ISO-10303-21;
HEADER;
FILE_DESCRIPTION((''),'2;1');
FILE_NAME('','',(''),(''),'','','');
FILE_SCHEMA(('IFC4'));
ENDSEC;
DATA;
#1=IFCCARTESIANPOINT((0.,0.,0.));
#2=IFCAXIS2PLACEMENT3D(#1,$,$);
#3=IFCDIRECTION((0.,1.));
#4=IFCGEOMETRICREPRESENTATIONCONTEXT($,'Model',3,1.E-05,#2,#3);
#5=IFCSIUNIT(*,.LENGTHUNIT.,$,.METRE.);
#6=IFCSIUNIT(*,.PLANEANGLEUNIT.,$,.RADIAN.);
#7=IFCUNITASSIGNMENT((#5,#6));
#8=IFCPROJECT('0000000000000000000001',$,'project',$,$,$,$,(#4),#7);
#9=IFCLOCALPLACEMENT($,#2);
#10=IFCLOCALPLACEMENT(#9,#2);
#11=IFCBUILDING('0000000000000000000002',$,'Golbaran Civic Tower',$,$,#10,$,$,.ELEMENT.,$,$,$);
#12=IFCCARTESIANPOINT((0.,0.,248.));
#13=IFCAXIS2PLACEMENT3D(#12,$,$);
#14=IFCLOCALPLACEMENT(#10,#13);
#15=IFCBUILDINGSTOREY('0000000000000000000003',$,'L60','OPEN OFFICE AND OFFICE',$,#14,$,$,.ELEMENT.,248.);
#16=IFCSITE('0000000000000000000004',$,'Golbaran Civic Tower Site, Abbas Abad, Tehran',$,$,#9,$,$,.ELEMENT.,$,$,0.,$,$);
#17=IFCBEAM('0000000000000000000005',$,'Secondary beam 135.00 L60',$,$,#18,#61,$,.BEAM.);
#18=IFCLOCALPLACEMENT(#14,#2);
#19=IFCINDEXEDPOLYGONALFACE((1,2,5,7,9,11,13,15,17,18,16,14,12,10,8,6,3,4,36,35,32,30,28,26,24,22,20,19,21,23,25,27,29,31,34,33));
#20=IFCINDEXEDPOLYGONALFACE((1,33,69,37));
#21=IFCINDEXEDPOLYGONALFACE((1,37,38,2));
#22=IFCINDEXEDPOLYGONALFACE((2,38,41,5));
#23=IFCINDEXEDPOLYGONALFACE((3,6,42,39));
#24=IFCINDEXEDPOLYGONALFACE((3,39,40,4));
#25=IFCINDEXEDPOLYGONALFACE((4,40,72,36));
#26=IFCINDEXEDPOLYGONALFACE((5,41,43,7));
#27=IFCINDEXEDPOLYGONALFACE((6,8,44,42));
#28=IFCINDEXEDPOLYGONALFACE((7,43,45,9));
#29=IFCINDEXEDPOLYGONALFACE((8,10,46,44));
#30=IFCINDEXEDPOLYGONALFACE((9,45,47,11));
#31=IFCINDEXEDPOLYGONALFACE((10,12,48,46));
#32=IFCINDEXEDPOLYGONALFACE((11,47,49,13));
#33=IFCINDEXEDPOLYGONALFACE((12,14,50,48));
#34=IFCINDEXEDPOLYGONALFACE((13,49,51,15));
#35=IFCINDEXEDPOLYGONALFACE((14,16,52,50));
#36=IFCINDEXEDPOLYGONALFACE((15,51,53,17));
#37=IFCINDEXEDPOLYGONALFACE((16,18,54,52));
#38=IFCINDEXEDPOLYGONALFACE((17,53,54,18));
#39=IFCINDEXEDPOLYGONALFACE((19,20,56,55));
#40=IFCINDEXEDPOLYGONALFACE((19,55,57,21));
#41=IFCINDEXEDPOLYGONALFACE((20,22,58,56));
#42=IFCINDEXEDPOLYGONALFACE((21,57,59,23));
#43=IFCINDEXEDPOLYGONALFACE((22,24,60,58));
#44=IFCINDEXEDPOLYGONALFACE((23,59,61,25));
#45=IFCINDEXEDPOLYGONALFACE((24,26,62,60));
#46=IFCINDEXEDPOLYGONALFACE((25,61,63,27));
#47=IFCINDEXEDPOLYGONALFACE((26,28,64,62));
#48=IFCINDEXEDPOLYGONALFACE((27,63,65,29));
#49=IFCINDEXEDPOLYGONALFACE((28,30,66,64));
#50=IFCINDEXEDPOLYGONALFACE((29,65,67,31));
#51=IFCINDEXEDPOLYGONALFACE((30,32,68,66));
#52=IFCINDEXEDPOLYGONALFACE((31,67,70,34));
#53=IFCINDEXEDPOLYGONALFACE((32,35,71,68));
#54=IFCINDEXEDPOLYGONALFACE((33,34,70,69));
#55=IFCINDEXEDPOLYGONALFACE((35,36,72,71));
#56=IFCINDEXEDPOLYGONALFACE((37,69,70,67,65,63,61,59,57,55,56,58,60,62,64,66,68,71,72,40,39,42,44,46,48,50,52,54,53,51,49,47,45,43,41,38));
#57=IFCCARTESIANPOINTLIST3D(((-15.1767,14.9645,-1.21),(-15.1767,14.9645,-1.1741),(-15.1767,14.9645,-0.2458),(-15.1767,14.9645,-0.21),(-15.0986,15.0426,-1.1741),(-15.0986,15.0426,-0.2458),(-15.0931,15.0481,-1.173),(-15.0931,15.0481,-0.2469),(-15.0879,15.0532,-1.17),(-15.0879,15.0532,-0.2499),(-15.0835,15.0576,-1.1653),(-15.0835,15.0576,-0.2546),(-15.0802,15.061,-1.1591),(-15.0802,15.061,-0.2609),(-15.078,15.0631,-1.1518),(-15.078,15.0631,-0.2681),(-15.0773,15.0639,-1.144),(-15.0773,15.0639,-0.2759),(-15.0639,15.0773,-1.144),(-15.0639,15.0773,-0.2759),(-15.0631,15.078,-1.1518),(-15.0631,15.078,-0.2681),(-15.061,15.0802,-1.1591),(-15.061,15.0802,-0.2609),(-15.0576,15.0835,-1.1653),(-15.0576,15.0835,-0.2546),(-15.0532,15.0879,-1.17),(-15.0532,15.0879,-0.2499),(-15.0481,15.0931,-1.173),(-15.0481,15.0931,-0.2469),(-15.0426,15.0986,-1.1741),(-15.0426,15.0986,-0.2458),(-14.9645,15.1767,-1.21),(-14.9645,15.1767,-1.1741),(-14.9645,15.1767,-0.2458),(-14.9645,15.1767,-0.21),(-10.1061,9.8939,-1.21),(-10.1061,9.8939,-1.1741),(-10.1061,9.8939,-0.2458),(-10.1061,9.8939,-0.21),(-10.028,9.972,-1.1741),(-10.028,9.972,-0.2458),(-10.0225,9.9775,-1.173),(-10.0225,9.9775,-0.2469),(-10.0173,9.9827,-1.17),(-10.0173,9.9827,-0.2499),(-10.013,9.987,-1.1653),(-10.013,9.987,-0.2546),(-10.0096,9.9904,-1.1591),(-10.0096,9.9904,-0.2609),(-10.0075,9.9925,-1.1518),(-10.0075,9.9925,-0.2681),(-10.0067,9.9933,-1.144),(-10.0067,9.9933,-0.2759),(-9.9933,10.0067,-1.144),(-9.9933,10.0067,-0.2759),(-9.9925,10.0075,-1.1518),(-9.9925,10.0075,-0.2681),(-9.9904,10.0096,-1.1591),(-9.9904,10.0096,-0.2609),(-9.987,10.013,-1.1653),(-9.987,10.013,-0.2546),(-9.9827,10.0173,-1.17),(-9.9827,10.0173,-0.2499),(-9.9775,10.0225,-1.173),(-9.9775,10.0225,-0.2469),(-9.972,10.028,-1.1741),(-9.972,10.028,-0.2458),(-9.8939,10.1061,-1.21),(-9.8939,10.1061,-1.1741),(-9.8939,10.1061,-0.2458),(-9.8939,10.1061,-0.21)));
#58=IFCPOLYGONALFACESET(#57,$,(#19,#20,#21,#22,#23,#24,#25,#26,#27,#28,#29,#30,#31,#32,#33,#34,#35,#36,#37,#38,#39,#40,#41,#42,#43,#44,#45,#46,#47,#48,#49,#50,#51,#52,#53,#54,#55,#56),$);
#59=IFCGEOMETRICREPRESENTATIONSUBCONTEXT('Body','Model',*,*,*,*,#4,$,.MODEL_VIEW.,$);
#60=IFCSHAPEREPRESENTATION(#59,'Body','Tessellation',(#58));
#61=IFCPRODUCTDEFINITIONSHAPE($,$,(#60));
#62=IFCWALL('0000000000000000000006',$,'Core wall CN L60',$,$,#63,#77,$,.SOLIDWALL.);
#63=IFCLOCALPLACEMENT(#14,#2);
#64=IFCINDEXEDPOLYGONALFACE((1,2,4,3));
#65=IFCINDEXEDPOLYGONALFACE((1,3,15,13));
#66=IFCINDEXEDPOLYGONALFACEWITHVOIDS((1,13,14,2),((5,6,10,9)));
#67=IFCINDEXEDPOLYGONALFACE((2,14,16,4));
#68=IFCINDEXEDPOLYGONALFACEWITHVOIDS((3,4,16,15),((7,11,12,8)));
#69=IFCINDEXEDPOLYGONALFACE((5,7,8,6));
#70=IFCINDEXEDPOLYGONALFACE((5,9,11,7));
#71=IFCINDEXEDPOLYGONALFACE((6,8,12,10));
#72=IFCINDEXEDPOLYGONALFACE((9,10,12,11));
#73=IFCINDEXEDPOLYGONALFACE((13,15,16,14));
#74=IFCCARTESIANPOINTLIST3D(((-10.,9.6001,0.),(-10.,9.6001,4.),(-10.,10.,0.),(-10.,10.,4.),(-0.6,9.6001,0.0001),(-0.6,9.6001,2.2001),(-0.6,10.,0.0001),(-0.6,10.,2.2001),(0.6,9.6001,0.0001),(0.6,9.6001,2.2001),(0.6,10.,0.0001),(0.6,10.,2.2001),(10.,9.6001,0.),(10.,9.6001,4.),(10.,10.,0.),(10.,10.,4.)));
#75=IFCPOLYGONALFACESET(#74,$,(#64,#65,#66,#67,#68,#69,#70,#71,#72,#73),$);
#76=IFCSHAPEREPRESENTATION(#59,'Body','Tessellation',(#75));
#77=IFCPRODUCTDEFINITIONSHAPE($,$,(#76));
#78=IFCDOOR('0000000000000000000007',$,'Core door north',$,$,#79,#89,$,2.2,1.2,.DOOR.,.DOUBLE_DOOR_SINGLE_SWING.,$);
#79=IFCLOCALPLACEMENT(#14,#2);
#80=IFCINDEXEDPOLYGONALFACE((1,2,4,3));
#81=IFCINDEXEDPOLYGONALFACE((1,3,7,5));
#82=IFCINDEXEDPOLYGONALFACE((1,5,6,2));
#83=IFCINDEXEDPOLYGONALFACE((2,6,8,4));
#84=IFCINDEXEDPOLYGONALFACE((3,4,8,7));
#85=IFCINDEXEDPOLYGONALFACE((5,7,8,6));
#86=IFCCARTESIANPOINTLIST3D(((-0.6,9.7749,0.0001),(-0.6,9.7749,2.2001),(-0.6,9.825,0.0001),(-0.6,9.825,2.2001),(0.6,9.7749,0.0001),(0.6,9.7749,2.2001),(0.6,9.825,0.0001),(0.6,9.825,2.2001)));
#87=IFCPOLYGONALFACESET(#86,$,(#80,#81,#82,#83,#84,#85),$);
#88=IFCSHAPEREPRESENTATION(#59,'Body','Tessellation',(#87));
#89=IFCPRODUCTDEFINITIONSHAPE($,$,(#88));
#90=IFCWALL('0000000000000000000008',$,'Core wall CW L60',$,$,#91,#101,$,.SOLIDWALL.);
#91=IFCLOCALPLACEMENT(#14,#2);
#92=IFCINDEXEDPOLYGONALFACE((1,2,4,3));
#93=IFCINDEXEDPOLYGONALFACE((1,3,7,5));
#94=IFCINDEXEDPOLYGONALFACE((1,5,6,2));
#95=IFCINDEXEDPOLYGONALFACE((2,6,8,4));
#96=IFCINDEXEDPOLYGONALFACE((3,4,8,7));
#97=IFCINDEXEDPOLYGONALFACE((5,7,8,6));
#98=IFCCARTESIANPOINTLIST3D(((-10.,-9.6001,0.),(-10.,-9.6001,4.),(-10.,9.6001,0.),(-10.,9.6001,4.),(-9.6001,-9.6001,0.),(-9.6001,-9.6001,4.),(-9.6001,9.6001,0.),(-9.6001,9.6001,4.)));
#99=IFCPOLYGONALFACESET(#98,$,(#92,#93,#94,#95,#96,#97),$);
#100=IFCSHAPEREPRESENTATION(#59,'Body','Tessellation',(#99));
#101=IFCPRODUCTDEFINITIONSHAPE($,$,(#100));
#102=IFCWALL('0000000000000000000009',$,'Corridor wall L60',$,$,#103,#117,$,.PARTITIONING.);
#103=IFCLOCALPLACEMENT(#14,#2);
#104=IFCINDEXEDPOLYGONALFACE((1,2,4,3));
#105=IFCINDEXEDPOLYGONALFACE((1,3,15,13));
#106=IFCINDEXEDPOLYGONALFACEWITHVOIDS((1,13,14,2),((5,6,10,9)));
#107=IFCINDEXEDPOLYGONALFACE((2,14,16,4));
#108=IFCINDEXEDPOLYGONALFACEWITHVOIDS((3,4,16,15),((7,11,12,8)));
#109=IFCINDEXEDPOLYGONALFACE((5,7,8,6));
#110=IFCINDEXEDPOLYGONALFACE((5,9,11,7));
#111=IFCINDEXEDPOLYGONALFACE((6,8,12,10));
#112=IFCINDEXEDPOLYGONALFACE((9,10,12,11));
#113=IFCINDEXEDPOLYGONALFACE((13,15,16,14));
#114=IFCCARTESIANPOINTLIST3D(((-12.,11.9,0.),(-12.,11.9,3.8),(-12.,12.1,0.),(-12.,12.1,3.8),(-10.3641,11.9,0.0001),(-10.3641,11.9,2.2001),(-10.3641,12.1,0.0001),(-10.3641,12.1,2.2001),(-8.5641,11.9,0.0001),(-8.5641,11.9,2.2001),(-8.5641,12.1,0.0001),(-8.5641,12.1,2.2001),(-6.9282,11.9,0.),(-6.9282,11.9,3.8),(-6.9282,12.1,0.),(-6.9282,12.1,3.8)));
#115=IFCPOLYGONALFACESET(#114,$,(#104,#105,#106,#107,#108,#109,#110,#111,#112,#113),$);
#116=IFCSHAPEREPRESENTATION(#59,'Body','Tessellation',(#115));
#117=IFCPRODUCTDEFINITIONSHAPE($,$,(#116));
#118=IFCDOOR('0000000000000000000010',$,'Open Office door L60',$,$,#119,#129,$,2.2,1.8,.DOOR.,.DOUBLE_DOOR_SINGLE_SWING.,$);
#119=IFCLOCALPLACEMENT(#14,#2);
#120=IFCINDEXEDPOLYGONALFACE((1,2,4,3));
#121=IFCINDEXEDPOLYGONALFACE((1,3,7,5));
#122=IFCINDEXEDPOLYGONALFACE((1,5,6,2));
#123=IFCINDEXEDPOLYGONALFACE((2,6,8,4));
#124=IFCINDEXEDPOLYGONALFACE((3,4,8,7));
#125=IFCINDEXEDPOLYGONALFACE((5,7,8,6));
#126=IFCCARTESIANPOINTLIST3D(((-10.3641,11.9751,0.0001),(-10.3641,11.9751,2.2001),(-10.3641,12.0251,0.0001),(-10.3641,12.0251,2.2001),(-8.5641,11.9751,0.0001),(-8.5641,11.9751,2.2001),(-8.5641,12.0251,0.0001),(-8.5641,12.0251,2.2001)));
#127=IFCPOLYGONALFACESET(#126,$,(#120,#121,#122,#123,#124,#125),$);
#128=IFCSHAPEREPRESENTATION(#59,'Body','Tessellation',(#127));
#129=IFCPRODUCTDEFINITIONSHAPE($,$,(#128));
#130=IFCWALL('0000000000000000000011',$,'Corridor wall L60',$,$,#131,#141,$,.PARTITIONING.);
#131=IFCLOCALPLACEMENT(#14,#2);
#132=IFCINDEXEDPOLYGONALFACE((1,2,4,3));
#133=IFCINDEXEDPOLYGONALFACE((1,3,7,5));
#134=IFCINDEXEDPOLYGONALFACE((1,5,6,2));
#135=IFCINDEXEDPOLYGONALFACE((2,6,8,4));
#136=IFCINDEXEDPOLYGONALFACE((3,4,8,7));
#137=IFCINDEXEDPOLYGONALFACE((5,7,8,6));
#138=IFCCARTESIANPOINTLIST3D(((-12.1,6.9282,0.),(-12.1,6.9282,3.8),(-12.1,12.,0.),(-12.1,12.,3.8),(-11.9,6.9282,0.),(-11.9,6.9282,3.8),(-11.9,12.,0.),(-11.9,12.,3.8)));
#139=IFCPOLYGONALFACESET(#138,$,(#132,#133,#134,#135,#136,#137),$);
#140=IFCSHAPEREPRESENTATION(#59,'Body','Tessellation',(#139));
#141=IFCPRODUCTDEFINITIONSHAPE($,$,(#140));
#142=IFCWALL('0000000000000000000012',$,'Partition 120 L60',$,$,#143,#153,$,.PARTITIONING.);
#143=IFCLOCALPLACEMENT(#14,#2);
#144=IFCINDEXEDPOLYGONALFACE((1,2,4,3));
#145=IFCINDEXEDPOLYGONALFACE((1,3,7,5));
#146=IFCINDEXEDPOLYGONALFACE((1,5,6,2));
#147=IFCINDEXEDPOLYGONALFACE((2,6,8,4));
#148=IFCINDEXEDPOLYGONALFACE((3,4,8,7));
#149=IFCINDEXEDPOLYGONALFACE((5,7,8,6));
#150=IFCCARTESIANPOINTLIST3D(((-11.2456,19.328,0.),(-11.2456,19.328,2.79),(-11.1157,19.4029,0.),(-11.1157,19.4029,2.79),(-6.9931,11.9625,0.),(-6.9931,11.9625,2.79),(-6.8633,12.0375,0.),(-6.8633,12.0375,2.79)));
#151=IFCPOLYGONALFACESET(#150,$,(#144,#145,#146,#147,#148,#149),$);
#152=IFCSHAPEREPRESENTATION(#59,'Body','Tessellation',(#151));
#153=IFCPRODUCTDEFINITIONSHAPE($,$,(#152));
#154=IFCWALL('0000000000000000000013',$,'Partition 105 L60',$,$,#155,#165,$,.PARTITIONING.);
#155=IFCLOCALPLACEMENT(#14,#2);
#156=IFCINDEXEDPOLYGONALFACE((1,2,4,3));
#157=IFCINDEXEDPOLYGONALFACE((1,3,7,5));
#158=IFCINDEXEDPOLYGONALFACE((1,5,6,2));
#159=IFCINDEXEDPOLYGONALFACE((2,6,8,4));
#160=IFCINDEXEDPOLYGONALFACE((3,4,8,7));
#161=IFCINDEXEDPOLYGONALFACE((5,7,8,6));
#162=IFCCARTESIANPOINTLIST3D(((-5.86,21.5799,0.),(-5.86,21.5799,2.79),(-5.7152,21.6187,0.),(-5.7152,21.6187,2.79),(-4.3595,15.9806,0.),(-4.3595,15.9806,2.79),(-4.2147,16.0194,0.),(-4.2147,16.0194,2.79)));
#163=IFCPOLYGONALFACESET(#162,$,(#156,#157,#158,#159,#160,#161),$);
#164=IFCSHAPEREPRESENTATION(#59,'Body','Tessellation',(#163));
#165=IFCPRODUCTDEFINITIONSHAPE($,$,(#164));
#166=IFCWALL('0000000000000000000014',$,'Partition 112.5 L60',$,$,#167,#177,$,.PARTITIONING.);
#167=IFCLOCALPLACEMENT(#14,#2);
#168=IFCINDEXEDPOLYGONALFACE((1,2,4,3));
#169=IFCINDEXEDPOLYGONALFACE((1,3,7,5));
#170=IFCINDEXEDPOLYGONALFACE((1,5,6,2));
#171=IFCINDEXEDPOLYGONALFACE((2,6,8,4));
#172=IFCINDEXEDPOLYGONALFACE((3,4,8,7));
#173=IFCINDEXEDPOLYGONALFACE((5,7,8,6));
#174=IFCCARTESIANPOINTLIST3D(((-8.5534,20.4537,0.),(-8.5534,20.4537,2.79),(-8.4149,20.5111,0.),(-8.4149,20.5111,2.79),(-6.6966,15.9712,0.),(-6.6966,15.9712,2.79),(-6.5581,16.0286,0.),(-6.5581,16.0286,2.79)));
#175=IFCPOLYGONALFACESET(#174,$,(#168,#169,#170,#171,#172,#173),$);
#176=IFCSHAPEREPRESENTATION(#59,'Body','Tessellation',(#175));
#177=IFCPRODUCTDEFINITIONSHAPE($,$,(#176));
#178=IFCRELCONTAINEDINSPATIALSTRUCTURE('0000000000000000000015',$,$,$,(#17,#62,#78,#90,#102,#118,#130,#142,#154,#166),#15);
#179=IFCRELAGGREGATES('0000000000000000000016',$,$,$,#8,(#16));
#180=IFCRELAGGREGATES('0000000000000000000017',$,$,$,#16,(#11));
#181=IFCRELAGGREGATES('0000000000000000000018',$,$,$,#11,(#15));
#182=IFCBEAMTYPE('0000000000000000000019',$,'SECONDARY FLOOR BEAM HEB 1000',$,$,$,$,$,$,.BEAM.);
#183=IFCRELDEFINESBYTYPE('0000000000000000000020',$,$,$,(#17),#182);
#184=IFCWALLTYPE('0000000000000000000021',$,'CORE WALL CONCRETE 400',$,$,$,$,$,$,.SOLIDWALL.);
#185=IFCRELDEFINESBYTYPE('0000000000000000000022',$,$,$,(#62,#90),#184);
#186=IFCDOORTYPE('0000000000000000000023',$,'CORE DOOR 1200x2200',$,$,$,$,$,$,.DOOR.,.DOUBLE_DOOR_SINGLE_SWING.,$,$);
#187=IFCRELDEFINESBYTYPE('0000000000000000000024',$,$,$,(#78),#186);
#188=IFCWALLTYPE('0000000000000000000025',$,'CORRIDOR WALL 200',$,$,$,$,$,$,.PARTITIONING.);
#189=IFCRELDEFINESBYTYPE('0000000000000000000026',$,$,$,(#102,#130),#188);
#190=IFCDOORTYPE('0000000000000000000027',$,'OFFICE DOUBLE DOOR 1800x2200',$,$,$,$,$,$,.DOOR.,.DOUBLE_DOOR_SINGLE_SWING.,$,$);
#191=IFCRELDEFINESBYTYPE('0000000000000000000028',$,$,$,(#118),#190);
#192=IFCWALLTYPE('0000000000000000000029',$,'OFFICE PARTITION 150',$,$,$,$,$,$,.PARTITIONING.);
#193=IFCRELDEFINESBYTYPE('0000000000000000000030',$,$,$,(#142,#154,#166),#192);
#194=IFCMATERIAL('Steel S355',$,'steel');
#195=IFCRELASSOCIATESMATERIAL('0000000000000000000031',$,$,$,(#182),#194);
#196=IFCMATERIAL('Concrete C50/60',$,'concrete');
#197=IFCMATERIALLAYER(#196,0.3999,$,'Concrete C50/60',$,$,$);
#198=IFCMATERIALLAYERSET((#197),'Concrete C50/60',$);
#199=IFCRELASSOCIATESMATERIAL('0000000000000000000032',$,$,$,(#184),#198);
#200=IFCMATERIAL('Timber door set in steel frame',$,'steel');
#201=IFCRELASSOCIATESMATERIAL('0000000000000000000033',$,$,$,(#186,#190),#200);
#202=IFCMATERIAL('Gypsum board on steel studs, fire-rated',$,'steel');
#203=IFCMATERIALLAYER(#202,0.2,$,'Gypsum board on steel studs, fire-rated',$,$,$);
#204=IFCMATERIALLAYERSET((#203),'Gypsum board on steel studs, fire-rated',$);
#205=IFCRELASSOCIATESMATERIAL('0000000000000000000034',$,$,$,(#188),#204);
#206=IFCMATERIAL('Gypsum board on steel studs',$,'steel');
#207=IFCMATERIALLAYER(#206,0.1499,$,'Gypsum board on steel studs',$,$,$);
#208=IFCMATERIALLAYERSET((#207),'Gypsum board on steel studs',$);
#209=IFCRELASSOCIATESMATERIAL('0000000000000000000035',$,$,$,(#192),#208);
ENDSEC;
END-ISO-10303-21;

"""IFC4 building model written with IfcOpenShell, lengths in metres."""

from ifc_helpers import new_model, si_unit, direction, frame, frame_2d, origin, origin_2d, place, context, subcontext, project, spatial, rectangle, i_section, extrude, material, layer, layer_set, material_profile, profile_set, type_object, element, fill, save


model = new_model("IFC4")

# Units and contexts
model_context = context("Model", 3, precision=1e-05, world=origin(), true_north=direction((0.0, 1.0)))
body_context = subcontext(model_context, "Body", "Model", "MODEL_VIEW")
ifc_project = project(units=[si_unit("LENGTHUNIT", "METRE"), si_unit("PLANEANGLEUNIT", "RADIAN")], contexts=[model_context])

# Site, building, storey
site_placement = place(None, origin())
site = spatial("IfcSite", under=ifc_project, at=site_placement, Name="Golbaran Civic Tower Site, Abbas Abad, Tehran", CompositionType="ELEMENT", RefElevation=0.0)
building_placement = place(site_placement, origin())
building = spatial("IfcBuilding", under=site, at=building_placement, Name="Golbaran Civic Tower", CompositionType="ELEMENT")
storey_placement = place(building_placement, frame((0.0, 0.0, 248.0)))
storey = spatial("IfcBuildingStorey", under=building, at=storey_placement, Name="L60", Description="OPEN OFFICE AND OFFICE", CompositionType="ELEMENT", Elevation=248.0)

# Shared definitions
ifc_material_1 = material(Name="Steel S355", Category="steel")

# Beam
ifc_material_profile_1 = material_profile(ifc_material_1, i_section(OverallWidth=0.3, OverallDepth=1.0, WebThickness=0.019, FlangeThickness=0.0359, FilletRadius=0.03, at=origin_2d()), Name="HEB 1000")
ifc_profile_set_1 = profile_set([ifc_material_profile_1], Name="Steel S355")
beam_type_1 = type_object("IfcBeamType", Name="SECONDARY FLOOR BEAM HEB 1000", PredefinedType="BEAM", material=ifc_profile_set_1)
beam_1_placement = place(storey_placement, frame((-10.0, 10.0, -0.71), z_axis=(-0.707107, 0.707107, 0.0), x_axis=(-0.707107, -0.707107, 0.0)))
element("IfcBeam", 1, at=beam_1_placement, inside=storey, type_object=beam_type_1, Name="Secondary beam 135.00 L60", PredefinedType="BEAM", context=body_context, shape_type="SweptSolid", body=[
    extrude(i_section(OverallWidth=0.3, OverallDepth=1.0, WebThickness=0.019, FlangeThickness=0.0359, FilletRadius=0.03, at=origin_2d()), origin(), (0.0, 0.0, 1.0), 7.1709),
])

# Wall, opening, door
ifc_material_2 = material(Name="Concrete C50/60", Category="concrete")
ifc_layer_1 = layer(ifc_material_2, 0.3999, Name="Concrete C50/60")
ifc_layer_set_1 = layer_set([ifc_layer_1], Name="Concrete C50/60")
wall_type_1 = type_object("IfcWallType", Name="CORE WALL CONCRETE 400", PredefinedType="SOLIDWALL", material=ifc_layer_set_1)
wall_1_placement = place(storey_placement, frame((-10.0, 9.8, 0.0), z_axis=(0.0, 0.0, 1.0), x_axis=(1.0, 0.0, 0.0)))
wall_1 = element("IfcWall", 2, at=wall_1_placement, inside=storey, type_object=wall_type_1, Name="Core wall CN L60", PredefinedType="SOLIDWALL", context=body_context, shape_type="SweptSolid", body=[
    extrude(rectangle(XDim=20.0, YDim=0.3999, at=frame_2d((10.0, 0.0))), origin(), (0.0, 0.0, 1.0), 4.0),
])
opening_1_placement = place(wall_1_placement, frame((9.3999, 0.0, 0.0)))
opening_1 = element("IfcOpeningElement", 3, at=opening_1_placement, cuts=wall_1, PredefinedType="OPENING", context=body_context, shape_type="SweptSolid", body=[
    extrude(rectangle(XDim=1.2, YDim=2.2, at=frame_2d((0.6001, 1.1001))), frame((0.0, 0.21, 0.0), z_axis=(0.0, -1.0, 0.0), x_axis=(1.0, 0.0, 0.0)), (0.0, 0.0, 1.0), 0.4199),
])
ifc_material_3 = material(Name="Timber door set in steel frame", Category="steel")
door_type_1 = type_object("IfcDoorType", Name="CORE DOOR 1200x2200", OperationType="DOUBLE_DOOR_SINGLE_SWING", PredefinedType="DOOR", material=ifc_material_3)
door_1_placement = place(opening_1_placement, origin())
door_1 = element("IfcDoor", 4, at=door_1_placement, inside=storey, type_object=door_type_1, Name="Core door north", OperationType="DOUBLE_DOOR_SINGLE_SWING", OverallHeight=2.2, OverallWidth=1.2, PredefinedType="DOOR", context=body_context, shape_type="SweptSolid", body=[
    extrude(rectangle(XDim=1.2, YDim=2.2, at=frame_2d((0.6001, 1.1001))), frame((0.0, 0.0249, 0.0), z_axis=(0.0, -1.0, 0.0), x_axis=(1.0, 0.0, 0.0)), (0.0, 0.0, 1.0), 0.05),
])
fill(opening_1, door_1)

# Wall
wall_2_placement = place(storey_placement, frame((-9.8, 9.6001, 0.0), z_axis=(0.0, 0.0, 1.0), x_axis=(0.0, -1.0, 0.0)))
element("IfcWall", 5, at=wall_2_placement, inside=storey, type_object=wall_type_1, Name="Core wall CW L60", PredefinedType="SOLIDWALL", context=body_context, shape_type="SweptSolid", body=[
    extrude(rectangle(XDim=19.2002, YDim=0.3999, at=frame_2d((9.6001, 0.0))), origin(), (0.0, 0.0, 1.0), 4.0),
])

# Wall, opening, door
ifc_material_4 = material(Name="Gypsum board on steel studs, fire-rated", Category="steel")
ifc_layer_2 = layer(ifc_material_4, 0.2, Name="Gypsum board on steel studs, fire-rated")
ifc_layer_set_2 = layer_set([ifc_layer_2], Name="Gypsum board on steel studs, fire-rated")
wall_type_2 = type_object("IfcWallType", Name="CORRIDOR WALL 200", PredefinedType="PARTITIONING", material=ifc_layer_set_2)
wall_3_placement = place(storey_placement, frame((-6.9282, 12.0, 0.0), z_axis=(0.0, 0.0, 1.0), x_axis=(-1.0, 0.0, 0.0)))
wall_3 = element("IfcWall", 6, at=wall_3_placement, inside=storey, type_object=wall_type_2, Name="Corridor wall L60", PredefinedType="PARTITIONING", context=body_context, shape_type="SweptSolid", body=[
    extrude(rectangle(XDim=5.0718, YDim=0.2, at=frame_2d((2.5359, 0.0))), origin(), (0.0, 0.0, 1.0), 3.8),
])
opening_2_placement = place(wall_3_placement, frame((1.636, 0.0, 0.0)))
opening_2 = element("IfcOpeningElement", 7, at=opening_2_placement, cuts=wall_3, PredefinedType="OPENING", context=body_context, shape_type="SweptSolid", body=[
    extrude(rectangle(XDim=1.8, YDim=2.2, at=frame_2d((0.8999, 1.1001))), frame((0.0, 0.1099, 0.0), z_axis=(0.0, -1.0, 0.0), x_axis=(1.0, 0.0, 0.0)), (0.0, 0.0, 1.0), 0.22),
])
door_type_2 = type_object("IfcDoorType", Name="OFFICE DOUBLE DOOR 1800x2200", OperationType="DOUBLE_DOOR_SINGLE_SWING", PredefinedType="DOOR", material=ifc_material_3)
door_2_placement = place(opening_2_placement, origin())
door_2 = element("IfcDoor", 8, at=door_2_placement, inside=storey, type_object=door_type_2, Name="Open Office door L60", OperationType="DOUBLE_DOOR_SINGLE_SWING", OverallHeight=2.2, OverallWidth=1.8, PredefinedType="DOOR", context=body_context, shape_type="SweptSolid", body=[
    extrude(rectangle(XDim=1.8, YDim=2.2, at=frame_2d((0.8999, 1.1001))), frame((0.0, 0.0249, 0.0), z_axis=(0.0, -1.0, 0.0), x_axis=(1.0, 0.0, 0.0)), (0.0, 0.0, 1.0), 0.05),
])
fill(opening_2, door_2)

# Walls
wall_4_placement = place(storey_placement, frame((-12.0, 12.0, 0.0), z_axis=(0.0, 0.0, 1.0), x_axis=(0.0, -1.0, 0.0)))
element("IfcWall", 9, at=wall_4_placement, inside=storey, type_object=wall_type_2, Name="Corridor wall L60", PredefinedType="PARTITIONING", context=body_context, shape_type="SweptSolid", body=[
    extrude(rectangle(XDim=5.0718, YDim=0.2, at=frame_2d((2.5359, 0.0))), origin(), (0.0, 0.0, 1.0), 3.8),
])
ifc_material_5 = material(Name="Gypsum board on steel studs", Category="steel")
ifc_layer_3 = layer(ifc_material_5, 0.1499, Name="Gypsum board on steel studs")
ifc_layer_set_3 = layer_set([ifc_layer_3], Name="Gypsum board on steel studs")
wall_type_3 = type_object("IfcWallType", Name="OFFICE PARTITION 150", PredefinedType="PARTITIONING", material=ifc_layer_set_3)
wall_5_placement = place(storey_placement, frame((-6.9282, 12.0, 0.0), z_axis=(0.0, 0.0, 1.0), x_axis=(-0.499998, 0.866026, 0.0)))
element("IfcWall", 10, at=wall_5_placement, inside=storey, type_object=wall_type_3, Name="Partition 120 L60", PredefinedType="PARTITIONING", context=body_context, shape_type="SweptSolid", body=[
    extrude(rectangle(XDim=8.5049, YDim=0.1499, at=frame_2d((4.2524, 0.0))), origin(), (0.0, 0.0, 1.0), 2.79),
])
wall_6_placement = place(storey_placement, frame((-4.2871, 16.0, 0.0), z_axis=(0.0, 0.0, 1.0), x_axis=(-0.258842, 0.96592, 0.0)))
element("IfcWall", 11, at=wall_6_placement, inside=storey, type_object=wall_type_3, Name="Partition 105 L60", PredefinedType="PARTITIONING", context=body_context, shape_type="SweptSolid", body=[
    extrude(rectangle(XDim=5.7969, YDim=0.1499, at=frame_2d((2.8984, 0.0))), origin(), (0.0, 0.0, 1.0), 2.79),
])
wall_7_placement = place(storey_placement, frame((-6.6274, 16.0, 0.0), z_axis=(0.0, 0.0, 1.0), x_axis=(-0.382685, 0.923879, 0.0)))
element("IfcWall", 12, at=wall_7_placement, inside=storey, type_object=wall_type_3, Name="Partition 112.5 L60", PredefinedType="PARTITIONING", context=body_context, shape_type="SweptSolid", body=[
    extrude(rectangle(XDim=4.8518, YDim=0.1499, at=frame_2d((2.4258, 0.0))), origin(), (0.0, 0.0, 1.0), 2.79),
])

save(model, "model.ifc")
